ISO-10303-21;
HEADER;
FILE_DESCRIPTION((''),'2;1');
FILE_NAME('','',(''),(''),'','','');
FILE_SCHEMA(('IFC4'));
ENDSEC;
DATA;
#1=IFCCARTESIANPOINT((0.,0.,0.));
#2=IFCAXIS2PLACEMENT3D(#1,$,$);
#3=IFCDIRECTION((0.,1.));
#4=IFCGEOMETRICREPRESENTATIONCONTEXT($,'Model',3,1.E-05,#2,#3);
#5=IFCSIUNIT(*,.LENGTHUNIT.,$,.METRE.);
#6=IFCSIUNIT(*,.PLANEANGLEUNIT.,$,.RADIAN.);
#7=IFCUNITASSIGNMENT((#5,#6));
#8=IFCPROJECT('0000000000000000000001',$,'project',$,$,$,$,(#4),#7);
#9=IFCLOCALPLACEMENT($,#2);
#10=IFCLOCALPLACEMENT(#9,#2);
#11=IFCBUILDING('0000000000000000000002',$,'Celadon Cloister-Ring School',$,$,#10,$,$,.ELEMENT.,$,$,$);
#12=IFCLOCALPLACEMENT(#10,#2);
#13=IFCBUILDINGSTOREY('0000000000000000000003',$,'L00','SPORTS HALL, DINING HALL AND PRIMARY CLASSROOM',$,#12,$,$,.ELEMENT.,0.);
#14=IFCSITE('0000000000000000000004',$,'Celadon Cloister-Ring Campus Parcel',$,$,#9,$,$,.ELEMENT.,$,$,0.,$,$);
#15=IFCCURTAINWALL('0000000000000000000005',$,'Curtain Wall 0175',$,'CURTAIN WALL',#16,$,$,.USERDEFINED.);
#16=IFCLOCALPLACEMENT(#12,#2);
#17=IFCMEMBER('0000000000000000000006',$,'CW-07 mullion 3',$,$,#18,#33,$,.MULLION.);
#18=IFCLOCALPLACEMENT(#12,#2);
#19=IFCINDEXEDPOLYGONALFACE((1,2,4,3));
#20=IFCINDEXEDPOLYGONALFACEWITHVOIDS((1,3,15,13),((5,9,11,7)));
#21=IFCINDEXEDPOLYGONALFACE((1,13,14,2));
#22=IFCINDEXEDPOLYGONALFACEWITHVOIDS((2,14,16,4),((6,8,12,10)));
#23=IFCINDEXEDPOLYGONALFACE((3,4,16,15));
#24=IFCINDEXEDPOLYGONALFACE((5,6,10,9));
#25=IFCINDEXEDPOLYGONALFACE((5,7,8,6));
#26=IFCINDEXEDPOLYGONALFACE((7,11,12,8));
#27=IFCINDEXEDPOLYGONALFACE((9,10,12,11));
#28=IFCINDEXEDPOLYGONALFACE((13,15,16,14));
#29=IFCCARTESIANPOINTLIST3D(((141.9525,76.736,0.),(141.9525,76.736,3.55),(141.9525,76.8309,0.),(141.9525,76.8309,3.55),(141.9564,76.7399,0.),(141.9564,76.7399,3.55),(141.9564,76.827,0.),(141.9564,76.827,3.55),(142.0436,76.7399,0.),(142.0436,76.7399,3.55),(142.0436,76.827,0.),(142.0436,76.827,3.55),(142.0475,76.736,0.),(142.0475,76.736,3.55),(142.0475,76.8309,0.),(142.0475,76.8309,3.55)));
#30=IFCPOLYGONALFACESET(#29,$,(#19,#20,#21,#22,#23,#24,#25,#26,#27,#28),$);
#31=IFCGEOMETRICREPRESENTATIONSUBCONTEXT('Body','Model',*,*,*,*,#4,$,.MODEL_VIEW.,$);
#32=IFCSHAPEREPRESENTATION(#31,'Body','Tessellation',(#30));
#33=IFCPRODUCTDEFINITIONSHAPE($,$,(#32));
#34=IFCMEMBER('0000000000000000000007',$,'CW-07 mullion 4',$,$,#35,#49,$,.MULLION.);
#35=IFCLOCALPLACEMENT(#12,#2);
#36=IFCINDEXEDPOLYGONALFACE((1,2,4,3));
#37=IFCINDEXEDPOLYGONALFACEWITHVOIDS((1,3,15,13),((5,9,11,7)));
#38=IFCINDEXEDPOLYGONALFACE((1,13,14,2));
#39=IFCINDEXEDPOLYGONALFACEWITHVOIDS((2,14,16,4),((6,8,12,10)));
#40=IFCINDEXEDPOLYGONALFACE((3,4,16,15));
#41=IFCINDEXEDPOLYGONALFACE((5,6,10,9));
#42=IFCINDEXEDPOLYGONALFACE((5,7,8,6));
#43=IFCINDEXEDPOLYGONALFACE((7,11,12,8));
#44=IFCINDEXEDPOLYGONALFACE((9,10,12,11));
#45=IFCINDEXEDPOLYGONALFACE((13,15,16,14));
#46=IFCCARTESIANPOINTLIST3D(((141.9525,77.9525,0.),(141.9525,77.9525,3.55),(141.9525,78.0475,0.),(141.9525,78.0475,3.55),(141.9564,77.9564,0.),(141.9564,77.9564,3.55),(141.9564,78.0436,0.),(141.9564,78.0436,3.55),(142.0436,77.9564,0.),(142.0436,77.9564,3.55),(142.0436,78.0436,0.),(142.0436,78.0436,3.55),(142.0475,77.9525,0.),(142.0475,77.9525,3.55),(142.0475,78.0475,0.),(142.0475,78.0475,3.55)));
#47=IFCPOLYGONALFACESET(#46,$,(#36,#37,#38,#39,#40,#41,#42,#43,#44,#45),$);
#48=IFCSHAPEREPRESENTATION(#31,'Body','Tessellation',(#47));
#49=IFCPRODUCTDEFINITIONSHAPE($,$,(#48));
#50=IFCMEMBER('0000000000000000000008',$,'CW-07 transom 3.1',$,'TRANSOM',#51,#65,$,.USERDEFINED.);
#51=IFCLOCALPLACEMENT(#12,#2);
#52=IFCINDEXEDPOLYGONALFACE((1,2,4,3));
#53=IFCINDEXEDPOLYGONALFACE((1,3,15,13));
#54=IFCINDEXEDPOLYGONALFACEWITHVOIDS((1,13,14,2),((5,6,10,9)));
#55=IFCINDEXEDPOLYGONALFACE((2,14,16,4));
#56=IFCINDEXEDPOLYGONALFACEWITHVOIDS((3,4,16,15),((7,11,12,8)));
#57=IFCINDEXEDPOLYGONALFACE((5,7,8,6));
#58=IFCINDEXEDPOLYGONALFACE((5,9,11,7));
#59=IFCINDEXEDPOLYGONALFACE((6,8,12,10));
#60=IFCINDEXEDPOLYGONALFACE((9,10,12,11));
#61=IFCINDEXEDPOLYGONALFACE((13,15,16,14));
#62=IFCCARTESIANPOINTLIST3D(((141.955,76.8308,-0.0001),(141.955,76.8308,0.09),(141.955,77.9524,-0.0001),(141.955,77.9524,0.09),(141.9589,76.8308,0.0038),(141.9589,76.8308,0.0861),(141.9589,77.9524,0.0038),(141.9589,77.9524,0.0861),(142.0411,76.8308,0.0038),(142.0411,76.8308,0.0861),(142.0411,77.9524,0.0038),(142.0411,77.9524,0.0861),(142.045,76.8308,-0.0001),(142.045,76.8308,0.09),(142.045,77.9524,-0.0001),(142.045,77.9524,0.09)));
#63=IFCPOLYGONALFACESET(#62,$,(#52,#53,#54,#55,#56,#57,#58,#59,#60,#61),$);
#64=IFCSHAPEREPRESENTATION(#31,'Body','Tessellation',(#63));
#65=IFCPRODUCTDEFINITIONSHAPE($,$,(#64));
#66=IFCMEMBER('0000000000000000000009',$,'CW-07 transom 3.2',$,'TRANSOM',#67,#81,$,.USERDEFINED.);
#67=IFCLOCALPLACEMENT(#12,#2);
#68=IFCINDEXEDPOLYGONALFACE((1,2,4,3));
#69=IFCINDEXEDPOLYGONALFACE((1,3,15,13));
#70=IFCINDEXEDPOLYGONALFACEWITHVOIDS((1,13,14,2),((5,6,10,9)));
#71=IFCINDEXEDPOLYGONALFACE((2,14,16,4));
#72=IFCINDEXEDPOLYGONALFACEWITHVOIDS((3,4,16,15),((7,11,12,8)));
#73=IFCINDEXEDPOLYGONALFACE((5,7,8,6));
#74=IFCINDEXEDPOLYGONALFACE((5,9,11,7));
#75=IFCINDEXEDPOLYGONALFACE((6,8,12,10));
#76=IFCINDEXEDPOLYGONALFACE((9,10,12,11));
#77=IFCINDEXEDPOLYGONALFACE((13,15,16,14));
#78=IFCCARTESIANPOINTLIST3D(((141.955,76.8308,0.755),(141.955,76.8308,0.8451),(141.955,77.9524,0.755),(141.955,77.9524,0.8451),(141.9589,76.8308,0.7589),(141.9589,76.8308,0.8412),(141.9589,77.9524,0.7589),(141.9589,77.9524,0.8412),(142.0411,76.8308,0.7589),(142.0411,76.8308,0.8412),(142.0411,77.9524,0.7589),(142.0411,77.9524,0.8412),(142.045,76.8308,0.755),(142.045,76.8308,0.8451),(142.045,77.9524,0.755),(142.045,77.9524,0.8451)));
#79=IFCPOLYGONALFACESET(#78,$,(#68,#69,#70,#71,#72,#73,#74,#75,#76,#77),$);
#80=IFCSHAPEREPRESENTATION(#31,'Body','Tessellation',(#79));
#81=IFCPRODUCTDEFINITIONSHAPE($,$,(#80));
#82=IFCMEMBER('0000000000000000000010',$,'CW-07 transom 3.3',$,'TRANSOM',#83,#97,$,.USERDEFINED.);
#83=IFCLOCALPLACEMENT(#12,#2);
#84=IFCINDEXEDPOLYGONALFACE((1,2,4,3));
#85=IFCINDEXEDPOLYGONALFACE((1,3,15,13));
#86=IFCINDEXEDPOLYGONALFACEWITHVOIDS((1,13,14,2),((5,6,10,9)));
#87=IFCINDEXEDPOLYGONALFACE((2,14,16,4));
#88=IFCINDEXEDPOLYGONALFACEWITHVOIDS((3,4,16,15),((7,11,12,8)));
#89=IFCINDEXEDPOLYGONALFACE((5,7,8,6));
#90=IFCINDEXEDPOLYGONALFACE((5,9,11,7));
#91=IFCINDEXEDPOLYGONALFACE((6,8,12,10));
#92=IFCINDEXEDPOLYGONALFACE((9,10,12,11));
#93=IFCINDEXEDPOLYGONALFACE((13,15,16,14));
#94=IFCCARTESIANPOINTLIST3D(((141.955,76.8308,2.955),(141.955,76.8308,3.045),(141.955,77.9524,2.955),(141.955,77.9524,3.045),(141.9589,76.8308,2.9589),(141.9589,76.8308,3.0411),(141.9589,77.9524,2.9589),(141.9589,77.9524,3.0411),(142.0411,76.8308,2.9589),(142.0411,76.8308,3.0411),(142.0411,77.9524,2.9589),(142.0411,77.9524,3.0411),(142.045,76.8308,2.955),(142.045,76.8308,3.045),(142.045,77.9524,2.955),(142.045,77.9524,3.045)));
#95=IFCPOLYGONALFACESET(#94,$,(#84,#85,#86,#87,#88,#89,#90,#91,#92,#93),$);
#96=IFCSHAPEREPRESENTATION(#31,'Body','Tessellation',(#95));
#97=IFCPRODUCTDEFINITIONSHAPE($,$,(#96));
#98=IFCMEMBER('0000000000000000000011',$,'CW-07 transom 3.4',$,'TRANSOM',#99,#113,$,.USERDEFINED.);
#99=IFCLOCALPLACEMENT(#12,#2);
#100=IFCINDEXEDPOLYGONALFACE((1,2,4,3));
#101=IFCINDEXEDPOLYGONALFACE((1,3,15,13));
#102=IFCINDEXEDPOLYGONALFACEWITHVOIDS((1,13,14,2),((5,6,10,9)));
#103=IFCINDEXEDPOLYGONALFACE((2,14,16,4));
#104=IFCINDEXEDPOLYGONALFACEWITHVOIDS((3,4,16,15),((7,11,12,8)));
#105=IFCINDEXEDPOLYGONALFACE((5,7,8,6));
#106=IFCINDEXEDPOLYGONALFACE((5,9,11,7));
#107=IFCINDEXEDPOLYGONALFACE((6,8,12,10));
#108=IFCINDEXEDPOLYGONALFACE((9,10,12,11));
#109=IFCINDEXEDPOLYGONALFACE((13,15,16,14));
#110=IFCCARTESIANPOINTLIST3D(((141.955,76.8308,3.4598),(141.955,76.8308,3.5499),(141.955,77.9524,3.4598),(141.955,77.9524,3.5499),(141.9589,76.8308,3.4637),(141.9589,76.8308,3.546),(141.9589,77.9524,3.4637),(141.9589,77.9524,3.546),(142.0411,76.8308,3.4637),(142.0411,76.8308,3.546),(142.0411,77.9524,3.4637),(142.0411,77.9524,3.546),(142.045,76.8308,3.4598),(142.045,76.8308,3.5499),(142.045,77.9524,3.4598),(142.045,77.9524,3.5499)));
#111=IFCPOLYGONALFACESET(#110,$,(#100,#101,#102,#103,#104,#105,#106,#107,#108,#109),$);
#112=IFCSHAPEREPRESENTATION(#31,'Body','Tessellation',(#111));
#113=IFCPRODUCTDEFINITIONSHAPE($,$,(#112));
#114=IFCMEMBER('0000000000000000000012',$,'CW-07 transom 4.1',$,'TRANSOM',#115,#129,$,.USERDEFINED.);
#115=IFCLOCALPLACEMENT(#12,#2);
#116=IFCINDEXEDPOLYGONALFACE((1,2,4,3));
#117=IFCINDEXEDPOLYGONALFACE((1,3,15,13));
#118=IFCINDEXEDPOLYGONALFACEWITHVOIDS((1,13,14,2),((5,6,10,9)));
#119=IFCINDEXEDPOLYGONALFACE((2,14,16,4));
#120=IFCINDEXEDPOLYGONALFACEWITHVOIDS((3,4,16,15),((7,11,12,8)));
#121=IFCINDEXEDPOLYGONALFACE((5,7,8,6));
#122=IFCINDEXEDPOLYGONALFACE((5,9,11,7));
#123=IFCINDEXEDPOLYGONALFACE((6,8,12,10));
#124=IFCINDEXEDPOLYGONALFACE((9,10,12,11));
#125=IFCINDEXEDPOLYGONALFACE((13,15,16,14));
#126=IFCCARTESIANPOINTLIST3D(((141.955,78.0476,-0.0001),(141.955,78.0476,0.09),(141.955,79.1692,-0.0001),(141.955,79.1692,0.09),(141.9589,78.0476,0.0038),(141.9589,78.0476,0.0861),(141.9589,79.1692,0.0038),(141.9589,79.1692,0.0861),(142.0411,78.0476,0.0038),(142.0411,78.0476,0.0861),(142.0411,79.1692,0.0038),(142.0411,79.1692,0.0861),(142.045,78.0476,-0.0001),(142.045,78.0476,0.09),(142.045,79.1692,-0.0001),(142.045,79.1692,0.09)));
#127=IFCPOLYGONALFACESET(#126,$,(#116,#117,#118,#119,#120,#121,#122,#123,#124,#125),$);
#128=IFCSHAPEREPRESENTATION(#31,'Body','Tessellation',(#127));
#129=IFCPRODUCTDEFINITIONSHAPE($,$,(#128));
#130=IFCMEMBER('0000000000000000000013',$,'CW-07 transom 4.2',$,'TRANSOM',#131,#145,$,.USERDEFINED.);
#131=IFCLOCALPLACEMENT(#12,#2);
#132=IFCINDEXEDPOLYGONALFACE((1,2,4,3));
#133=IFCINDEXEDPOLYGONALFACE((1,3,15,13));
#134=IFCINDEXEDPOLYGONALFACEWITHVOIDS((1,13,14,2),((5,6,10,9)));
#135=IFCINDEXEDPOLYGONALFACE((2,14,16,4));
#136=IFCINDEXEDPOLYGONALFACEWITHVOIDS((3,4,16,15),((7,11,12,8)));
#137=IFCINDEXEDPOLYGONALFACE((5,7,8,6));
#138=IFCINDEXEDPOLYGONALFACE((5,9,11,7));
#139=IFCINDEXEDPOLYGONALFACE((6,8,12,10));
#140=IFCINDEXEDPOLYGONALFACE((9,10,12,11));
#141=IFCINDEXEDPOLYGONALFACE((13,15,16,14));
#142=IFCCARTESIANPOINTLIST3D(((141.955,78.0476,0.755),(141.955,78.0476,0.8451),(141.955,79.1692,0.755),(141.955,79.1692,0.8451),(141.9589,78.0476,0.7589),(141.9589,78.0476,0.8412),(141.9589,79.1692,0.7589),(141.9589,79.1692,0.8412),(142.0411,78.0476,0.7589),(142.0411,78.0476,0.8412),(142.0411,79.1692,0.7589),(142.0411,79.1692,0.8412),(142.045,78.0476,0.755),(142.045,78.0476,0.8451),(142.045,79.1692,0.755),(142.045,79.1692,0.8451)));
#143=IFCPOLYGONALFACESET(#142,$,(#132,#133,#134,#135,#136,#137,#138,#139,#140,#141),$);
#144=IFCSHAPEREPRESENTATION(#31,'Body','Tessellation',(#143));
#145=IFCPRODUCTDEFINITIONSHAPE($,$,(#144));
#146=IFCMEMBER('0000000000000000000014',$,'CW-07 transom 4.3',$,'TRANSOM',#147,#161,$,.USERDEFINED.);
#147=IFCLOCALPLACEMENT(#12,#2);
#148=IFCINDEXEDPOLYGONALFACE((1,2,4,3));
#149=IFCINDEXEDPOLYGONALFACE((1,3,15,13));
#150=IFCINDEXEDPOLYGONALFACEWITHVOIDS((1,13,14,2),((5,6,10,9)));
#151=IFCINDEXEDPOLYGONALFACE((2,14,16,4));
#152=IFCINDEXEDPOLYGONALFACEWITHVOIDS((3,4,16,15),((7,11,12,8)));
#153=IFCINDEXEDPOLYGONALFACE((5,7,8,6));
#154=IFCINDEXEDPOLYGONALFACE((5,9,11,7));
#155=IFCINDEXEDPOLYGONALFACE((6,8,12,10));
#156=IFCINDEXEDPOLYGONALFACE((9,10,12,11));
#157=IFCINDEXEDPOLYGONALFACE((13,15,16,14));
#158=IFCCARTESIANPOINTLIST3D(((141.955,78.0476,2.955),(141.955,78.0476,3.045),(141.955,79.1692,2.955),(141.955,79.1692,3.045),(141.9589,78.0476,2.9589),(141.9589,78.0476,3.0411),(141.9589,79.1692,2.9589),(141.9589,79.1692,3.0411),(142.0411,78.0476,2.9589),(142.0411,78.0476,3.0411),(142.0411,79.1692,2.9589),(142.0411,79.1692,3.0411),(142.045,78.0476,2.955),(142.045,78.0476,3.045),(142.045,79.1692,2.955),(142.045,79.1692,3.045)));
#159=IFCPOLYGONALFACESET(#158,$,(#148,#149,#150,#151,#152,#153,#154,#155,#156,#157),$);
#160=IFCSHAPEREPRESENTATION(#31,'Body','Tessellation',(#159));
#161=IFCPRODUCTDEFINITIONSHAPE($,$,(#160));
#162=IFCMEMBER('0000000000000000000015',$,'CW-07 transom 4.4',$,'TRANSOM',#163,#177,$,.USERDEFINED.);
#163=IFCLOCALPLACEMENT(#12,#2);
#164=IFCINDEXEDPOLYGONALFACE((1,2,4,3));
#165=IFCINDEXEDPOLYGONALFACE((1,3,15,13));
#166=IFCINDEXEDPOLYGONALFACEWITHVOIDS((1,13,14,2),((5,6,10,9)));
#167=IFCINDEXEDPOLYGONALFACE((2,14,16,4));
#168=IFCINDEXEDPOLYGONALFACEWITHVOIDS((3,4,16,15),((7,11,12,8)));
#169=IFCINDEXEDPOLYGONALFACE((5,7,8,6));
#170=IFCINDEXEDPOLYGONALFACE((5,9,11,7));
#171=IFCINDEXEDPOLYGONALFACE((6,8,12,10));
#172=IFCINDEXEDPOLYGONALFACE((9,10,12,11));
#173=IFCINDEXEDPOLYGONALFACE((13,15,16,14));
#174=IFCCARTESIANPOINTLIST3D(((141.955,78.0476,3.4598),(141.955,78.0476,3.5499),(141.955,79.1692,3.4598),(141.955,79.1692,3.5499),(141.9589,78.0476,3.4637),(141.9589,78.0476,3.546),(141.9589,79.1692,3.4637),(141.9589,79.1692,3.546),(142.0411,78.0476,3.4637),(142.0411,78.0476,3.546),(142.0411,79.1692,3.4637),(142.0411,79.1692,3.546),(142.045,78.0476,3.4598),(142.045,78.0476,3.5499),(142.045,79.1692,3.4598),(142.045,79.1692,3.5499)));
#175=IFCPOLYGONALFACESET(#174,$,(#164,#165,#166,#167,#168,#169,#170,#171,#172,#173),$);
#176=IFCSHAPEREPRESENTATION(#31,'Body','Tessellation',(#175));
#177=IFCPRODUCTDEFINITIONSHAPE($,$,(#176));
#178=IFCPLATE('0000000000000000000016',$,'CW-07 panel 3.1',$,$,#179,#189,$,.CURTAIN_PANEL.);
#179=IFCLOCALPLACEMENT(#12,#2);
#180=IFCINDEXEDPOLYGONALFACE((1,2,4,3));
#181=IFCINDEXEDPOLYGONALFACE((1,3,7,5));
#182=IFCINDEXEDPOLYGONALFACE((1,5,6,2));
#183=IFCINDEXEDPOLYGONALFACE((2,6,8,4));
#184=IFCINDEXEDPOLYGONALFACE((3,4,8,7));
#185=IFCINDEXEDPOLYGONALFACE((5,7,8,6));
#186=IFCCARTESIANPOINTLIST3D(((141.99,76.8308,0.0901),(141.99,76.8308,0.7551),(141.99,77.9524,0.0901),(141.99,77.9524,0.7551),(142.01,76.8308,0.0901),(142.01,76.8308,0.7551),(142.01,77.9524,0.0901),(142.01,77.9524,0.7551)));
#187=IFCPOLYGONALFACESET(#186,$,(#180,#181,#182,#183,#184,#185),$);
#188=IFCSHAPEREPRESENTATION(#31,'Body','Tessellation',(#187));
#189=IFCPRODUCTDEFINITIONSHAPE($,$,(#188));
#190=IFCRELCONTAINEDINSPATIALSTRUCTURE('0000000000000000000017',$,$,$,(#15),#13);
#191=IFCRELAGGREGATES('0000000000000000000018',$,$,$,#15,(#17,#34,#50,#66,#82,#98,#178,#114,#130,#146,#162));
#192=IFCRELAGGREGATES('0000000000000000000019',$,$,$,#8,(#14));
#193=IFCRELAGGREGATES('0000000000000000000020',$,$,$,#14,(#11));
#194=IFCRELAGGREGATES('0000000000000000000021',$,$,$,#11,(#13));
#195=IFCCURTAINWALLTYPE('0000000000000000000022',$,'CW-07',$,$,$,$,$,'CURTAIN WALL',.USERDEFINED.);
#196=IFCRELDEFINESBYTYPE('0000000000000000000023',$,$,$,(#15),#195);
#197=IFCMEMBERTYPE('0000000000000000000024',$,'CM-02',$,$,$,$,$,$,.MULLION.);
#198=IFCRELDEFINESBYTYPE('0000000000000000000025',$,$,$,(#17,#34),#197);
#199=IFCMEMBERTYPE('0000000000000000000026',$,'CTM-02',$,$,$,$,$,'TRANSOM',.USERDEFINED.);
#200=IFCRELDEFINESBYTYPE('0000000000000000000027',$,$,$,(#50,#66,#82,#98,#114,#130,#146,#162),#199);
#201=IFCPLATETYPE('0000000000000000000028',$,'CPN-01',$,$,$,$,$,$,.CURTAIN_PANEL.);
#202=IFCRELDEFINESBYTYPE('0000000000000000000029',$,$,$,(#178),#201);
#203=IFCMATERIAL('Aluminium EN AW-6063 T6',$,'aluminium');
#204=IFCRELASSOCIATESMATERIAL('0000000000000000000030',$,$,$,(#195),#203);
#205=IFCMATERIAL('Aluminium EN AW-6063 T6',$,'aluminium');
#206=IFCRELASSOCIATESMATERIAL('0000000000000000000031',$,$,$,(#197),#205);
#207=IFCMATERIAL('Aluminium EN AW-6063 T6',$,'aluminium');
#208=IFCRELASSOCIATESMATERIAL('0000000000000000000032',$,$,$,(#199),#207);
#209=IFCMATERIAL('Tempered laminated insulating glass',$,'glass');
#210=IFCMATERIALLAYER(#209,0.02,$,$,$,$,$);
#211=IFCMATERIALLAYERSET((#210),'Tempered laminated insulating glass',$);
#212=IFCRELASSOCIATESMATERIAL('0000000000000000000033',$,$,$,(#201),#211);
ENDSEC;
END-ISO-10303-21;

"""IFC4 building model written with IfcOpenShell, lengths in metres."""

from ifc_helpers import new_model, si_unit, direction, frame, origin, origin_2d, place, context, subcontext, project, spatial, rectangle, hollow_rectangle, extrude, material, layer, layer_set, material_profile, profile_set, type_object, element, aggregate, save


model = new_model("IFC4")

# Units and contexts
model_context = context("Model", 3, precision=1e-05, world=origin(), true_north=direction((0.0, 1.0)))
body_context = subcontext(model_context, "Body", "Model", "MODEL_VIEW")
ifc_project = project(units=[si_unit("LENGTHUNIT", "METRE"), si_unit("PLANEANGLEUNIT", "RADIAN")], contexts=[model_context])

# Site, building, storey
site_placement = place(None, origin())
site = spatial("IfcSite", under=ifc_project, at=site_placement, Name="Celadon Cloister-Ring Campus Parcel", CompositionType="ELEMENT", RefElevation=0.0)
building_placement = place(site_placement, origin())
building = spatial("IfcBuilding", under=site, at=building_placement, Name="Celadon Cloister-Ring School", CompositionType="ELEMENT")
storey_placement = place(building_placement, origin())
storey = spatial("IfcBuildingStorey", under=building, at=storey_placement, Name="L00", Description="SPORTS HALL, DINING HALL AND PRIMARY CLASSROOM", CompositionType="ELEMENT", Elevation=0.0)

# Curtain wall, members, plate
ifc_material_1 = material(Name="Aluminium EN AW-6063 T6", Category="aluminium")
curtain_wall_type = type_object("IfcCurtainWallType", Name="CW-07", ElementType="CURTAIN WALL", PredefinedType="USERDEFINED", material=ifc_material_1)
curtain_wall_placement = place(storey_placement, origin())
curtain_wall = element("IfcCurtainWall", 1, at=curtain_wall_placement, inside=storey, type_object=curtain_wall_type, Name="Curtain Wall 0175", ObjectType="CURTAIN WALL", PredefinedType="USERDEFINED")
ifc_material_2 = material(Name="Aluminium EN AW-6063 T6", Category="aluminium")
ifc_material_profile_1 = material_profile(ifc_material_2, hollow_rectangle(XDim=0.095, YDim=0.095, WallThickness=0.0039, at=origin_2d()), Name="RHS95X95X4")
ifc_profile_set_1 = profile_set([ifc_material_profile_1], Name="Aluminium EN AW-6063 T6")
member_type_1 = type_object("IfcMemberType", Name="CM-02", PredefinedType="MULLION", material=ifc_profile_set_1)
member_1_placement = place(storey_placement, frame((142.0, 76.7834, 0.0), z_axis=(0.0, 0.0, 1.0), x_axis=(-1.0, 0.0, 0.0)))
member_1 = element("IfcMember", 2, at=member_1_placement, type_object=member_type_1, Name="CW-07 mullion 3", PredefinedType="MULLION", context=body_context, shape_type="SweptSolid", body=[
    extrude(hollow_rectangle(XDim=0.095, YDim=0.095, WallThickness=0.0039, at=origin_2d()), origin(), (0.0, 0.0, 1.0), 3.55),
])
member_2_placement = place(storey_placement, frame((142.0, 78.0, 0.0), z_axis=(0.0, 0.0, 1.0), x_axis=(-1.0, 0.0, 0.0)))
member_2 = element("IfcMember", 3, at=member_2_placement, type_object=member_type_1, Name="CW-07 mullion 4", PredefinedType="MULLION", context=body_context, shape_type="SweptSolid", body=[
    extrude(hollow_rectangle(XDim=0.095, YDim=0.095, WallThickness=0.0039, at=origin_2d()), origin(), (0.0, 0.0, 1.0), 3.55),
])
ifc_material_3 = material(Name="Aluminium EN AW-6063 T6", Category="aluminium")
ifc_material_profile_2 = material_profile(ifc_material_3, hollow_rectangle(XDim=0.0901, YDim=0.0901, WallThickness=0.0039, at=origin_2d()), Name="RHS90X90X4")
ifc_profile_set_2 = profile_set([ifc_material_profile_2], Name="Aluminium EN AW-6063 T6")
member_type_2 = type_object("IfcMemberType", Name="CTM-02", ElementType="TRANSOM", PredefinedType="USERDEFINED", material=ifc_profile_set_2)
member_3_placement = place(storey_placement, frame((142.0, 76.8308, 0.0449), z_axis=(0.0, 1.0, 0.0), x_axis=(-1.0, 0.0, 0.0)))
member_3 = element("IfcMember", 4, at=member_3_placement, type_object=member_type_2, Name="CW-07 transom 3.1", ObjectType="TRANSOM", PredefinedType="USERDEFINED", context=body_context, shape_type="SweptSolid", body=[
    extrude(hollow_rectangle(XDim=0.0901, YDim=0.0901, WallThickness=0.0039, at=origin_2d()), origin(), (0.0, 0.0, 1.0), 1.1216),
])
member_4_placement = place(storey_placement, frame((142.0, 76.8308, 0.8), z_axis=(0.0, 1.0, 0.0), x_axis=(-1.0, 0.0, 0.0)))
member_4 = element("IfcMember", 5, at=member_4_placement, type_object=member_type_2, Name="CW-07 transom 3.2", ObjectType="TRANSOM", PredefinedType="USERDEFINED", context=body_context, shape_type="SweptSolid", body=[
    extrude(hollow_rectangle(XDim=0.0901, YDim=0.0901, WallThickness=0.0039, at=origin_2d()), origin(), (0.0, 0.0, 1.0), 1.1216),
])
member_5_placement = place(storey_placement, frame((142.0, 76.8308, 3.0), z_axis=(0.0, 1.0, 0.0), x_axis=(-1.0, 0.0, 0.0)))
member_5 = element("IfcMember", 6, at=member_5_placement, type_object=member_type_2, Name="CW-07 transom 3.3", ObjectType="TRANSOM", PredefinedType="USERDEFINED", context=body_context, shape_type="SweptSolid", body=[
    extrude(hollow_rectangle(XDim=0.0901, YDim=0.0901, WallThickness=0.0039, at=origin_2d()), origin(), (0.0, 0.0, 1.0), 1.1216),
])
member_6_placement = place(storey_placement, frame((142.0, 76.8308, 3.5049), z_axis=(0.0, 1.0, 0.0), x_axis=(-1.0, 0.0, 0.0)))
member_6 = element("IfcMember", 7, at=member_6_placement, type_object=member_type_2, Name="CW-07 transom 3.4", ObjectType="TRANSOM", PredefinedType="USERDEFINED", context=body_context, shape_type="SweptSolid", body=[
    extrude(hollow_rectangle(XDim=0.0901, YDim=0.0901, WallThickness=0.0039, at=origin_2d()), origin(), (0.0, 0.0, 1.0), 1.1216),
])
member_7_placement = place(storey_placement, frame((142.0, 78.0476, 0.0449), z_axis=(0.0, 1.0, 0.0), x_axis=(-1.0, 0.0, 0.0)))
member_7 = element("IfcMember", 8, at=member_7_placement, type_object=member_type_2, Name="CW-07 transom 4.1", ObjectType="TRANSOM", PredefinedType="USERDEFINED", context=body_context, shape_type="SweptSolid", body=[
    extrude(hollow_rectangle(XDim=0.0901, YDim=0.0901, WallThickness=0.0039, at=origin_2d()), origin(), (0.0, 0.0, 1.0), 1.1216),
])
member_8_placement = place(storey_placement, frame((142.0, 78.0476, 0.8), z_axis=(0.0, 1.0, 0.0), x_axis=(-1.0, 0.0, 0.0)))
member_8 = element("IfcMember", 9, at=member_8_placement, type_object=member_type_2, Name="CW-07 transom 4.2", ObjectType="TRANSOM", PredefinedType="USERDEFINED", context=body_context, shape_type="SweptSolid", body=[
    extrude(hollow_rectangle(XDim=0.0901, YDim=0.0901, WallThickness=0.0039, at=origin_2d()), origin(), (0.0, 0.0, 1.0), 1.1216),
])
member_9_placement = place(storey_placement, frame((142.0, 78.0476, 3.0), z_axis=(0.0, 1.0, 0.0), x_axis=(-1.0, 0.0, 0.0)))
member_9 = element("IfcMember", 10, at=member_9_placement, type_object=member_type_2, Name="CW-07 transom 4.3", ObjectType="TRANSOM", PredefinedType="USERDEFINED", context=body_context, shape_type="SweptSolid", body=[
    extrude(hollow_rectangle(XDim=0.0901, YDim=0.0901, WallThickness=0.0039, at=origin_2d()), origin(), (0.0, 0.0, 1.0), 1.1216),
])
member_10_placement = place(storey_placement, frame((142.0, 78.0476, 3.5049), z_axis=(0.0, 1.0, 0.0), x_axis=(-1.0, 0.0, 0.0)))
member_10 = element("IfcMember", 11, at=member_10_placement, type_object=member_type_2, Name="CW-07 transom 4.4", ObjectType="TRANSOM", PredefinedType="USERDEFINED", context=body_context, shape_type="SweptSolid", body=[
    extrude(hollow_rectangle(XDim=0.0901, YDim=0.0901, WallThickness=0.0039, at=origin_2d()), origin(), (0.0, 0.0, 1.0), 1.1216),
])
ifc_material_4 = material(Name="Tempered laminated insulating glass", Category="glass")
ifc_layer = layer(ifc_material_4, 0.02)
ifc_layer_set = layer_set([ifc_layer], Name="Tempered laminated insulating glass")
plate_type = type_object("IfcPlateType", Name="CPN-01", PredefinedType="CURTAIN_PANEL", material=ifc_layer_set)
plate_1_placement = place(storey_placement, frame((142.0, 77.3916, 0.0901), z_axis=(0.0, 0.0, 1.0), x_axis=(0.0, 1.0, 0.0)))
plate_1 = element("IfcPlate", 12, at=plate_1_placement, type_object=plate_type, Name="CW-07 panel 3.1", PredefinedType="CURTAIN_PANEL", context=body_context, shape_type="SweptSolid", body=[
    extrude(rectangle(XDim=1.1216, YDim=0.02, at=origin_2d()), origin(), (0.0, 0.0, 1.0), 0.665),
])
aggregate(curtain_wall, [member_1, member_2, member_3, member_4, member_5, member_6, plate_1, member_7, member_8, member_9, member_10])

save(model, "model.ifc")
